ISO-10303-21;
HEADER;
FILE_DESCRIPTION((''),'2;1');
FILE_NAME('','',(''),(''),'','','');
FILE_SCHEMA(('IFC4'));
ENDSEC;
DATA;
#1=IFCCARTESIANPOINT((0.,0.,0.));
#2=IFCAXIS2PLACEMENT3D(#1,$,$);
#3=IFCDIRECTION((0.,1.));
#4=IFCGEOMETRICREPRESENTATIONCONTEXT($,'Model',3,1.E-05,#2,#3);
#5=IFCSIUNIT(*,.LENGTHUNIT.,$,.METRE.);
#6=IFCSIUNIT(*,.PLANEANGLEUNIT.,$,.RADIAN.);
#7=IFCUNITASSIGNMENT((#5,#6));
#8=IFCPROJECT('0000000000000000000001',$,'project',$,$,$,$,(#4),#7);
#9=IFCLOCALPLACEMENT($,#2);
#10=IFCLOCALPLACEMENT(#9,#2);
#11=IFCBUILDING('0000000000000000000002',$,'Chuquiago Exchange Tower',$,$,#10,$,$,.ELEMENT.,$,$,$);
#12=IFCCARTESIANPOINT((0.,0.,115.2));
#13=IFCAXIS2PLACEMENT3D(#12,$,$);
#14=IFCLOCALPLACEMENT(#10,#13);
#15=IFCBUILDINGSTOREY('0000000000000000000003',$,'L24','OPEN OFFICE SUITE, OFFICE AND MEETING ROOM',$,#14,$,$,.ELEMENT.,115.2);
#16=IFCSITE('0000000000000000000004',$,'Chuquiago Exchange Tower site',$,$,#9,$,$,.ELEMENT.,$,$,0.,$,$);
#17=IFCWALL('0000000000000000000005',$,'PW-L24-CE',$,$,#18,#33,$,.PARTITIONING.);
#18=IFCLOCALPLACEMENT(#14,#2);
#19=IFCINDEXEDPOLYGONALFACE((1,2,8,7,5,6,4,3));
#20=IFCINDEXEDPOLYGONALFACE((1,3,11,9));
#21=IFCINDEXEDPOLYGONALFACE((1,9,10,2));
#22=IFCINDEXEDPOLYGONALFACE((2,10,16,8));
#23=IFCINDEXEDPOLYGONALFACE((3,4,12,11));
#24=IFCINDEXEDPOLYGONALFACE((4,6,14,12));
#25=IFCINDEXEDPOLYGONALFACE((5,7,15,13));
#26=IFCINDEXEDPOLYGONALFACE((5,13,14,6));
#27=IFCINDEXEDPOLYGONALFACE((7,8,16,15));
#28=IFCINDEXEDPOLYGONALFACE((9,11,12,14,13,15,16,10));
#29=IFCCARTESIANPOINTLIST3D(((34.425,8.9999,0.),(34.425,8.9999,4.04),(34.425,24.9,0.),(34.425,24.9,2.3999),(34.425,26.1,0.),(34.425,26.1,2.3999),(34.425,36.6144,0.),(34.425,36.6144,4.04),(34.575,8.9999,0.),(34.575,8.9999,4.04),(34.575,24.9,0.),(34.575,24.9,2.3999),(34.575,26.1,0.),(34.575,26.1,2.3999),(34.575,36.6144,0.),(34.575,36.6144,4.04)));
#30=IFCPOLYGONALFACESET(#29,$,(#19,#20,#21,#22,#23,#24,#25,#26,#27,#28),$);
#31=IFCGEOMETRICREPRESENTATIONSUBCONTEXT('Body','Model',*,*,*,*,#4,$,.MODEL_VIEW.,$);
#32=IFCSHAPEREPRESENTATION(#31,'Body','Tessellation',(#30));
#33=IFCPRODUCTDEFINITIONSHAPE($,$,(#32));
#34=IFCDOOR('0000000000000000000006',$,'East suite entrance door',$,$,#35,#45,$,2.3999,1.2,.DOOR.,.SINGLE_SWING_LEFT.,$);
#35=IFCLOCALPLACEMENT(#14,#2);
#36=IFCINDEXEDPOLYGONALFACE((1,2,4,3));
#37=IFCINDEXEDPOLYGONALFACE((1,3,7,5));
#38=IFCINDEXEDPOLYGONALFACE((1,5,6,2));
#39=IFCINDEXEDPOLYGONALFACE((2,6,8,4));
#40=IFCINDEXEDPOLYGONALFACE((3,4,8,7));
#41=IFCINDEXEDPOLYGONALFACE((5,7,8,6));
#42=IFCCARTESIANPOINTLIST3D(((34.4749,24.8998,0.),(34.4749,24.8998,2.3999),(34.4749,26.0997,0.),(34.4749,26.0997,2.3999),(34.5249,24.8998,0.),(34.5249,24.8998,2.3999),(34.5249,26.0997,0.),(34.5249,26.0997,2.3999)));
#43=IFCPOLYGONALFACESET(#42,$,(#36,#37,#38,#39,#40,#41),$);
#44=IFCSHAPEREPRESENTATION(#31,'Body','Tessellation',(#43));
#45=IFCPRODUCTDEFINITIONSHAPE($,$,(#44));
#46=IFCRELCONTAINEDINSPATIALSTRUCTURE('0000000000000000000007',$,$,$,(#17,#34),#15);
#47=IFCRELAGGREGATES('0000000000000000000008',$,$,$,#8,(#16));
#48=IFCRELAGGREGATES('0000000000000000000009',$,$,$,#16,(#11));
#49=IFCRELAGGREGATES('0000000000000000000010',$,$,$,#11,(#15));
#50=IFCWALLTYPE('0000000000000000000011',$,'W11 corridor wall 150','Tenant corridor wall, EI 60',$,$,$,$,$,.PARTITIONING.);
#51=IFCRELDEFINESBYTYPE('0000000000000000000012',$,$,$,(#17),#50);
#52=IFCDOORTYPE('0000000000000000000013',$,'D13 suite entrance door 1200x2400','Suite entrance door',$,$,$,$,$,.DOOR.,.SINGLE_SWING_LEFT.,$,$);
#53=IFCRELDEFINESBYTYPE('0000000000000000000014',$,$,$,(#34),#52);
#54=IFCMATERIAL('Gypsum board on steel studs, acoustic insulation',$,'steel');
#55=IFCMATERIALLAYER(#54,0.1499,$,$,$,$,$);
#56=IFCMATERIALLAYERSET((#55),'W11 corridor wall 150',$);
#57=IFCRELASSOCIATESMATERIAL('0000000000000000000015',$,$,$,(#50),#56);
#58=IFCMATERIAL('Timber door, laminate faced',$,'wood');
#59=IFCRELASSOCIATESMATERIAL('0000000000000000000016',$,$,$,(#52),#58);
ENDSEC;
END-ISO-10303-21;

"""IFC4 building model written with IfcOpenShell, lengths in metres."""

from ifc_helpers import new_model, si_unit, direction, frame, frame_2d, origin, place, context, subcontext, project, spatial, rectangle, extrude, material, layer, layer_set, type_object, element, fill, save


model = new_model("IFC4")

# Units and contexts
model_context = context("Model", 3, precision=1e-05, world=origin(), true_north=direction((0.0, 1.0)))
body_context = subcontext(model_context, "Body", "Model", "MODEL_VIEW")
ifc_project = project(units=[si_unit("LENGTHUNIT", "METRE"), si_unit("PLANEANGLEUNIT", "RADIAN")], contexts=[model_context])

# Site, building, storey
site_placement = place(None, origin())
site = spatial("IfcSite", under=ifc_project, at=site_placement, Name="Chuquiago Exchange Tower site", CompositionType="ELEMENT", RefElevation=0.0)
building_placement = place(site_placement, origin())
building = spatial("IfcBuilding", under=site, at=building_placement, Name="Chuquiago Exchange Tower", CompositionType="ELEMENT")
storey_placement = place(building_placement, frame((0.0, 0.0, 115.2)))
storey = spatial("IfcBuildingStorey", under=building, at=storey_placement, Name="L24", Description="OPEN OFFICE SUITE, OFFICE AND MEETING ROOM", CompositionType="ELEMENT", Elevation=115.2)

# Wall, opening, door
ifc_material_1 = material(Name="Gypsum board on steel studs, acoustic insulation", Category="steel")
ifc_layer_1 = layer(ifc_material_1, 0.1499)
ifc_layer_set_1 = layer_set([ifc_layer_1], Name="W11 corridor wall 150")
wall_type_1 = type_object("IfcWallType", Name="W11 corridor wall 150", Description="Tenant corridor wall, EI 60", PredefinedType="PARTITIONING", material=ifc_layer_set_1)
wall_1_placement = place(storey_placement, frame((34.5, 9.0, 0.0), z_axis=(0.0, 0.0, 1.0), x_axis=(0.0, 1.0, 0.0)))
wall_1 = element("IfcWall", 1, at=wall_1_placement, inside=storey, type_object=wall_type_1, Name="PW-L24-CE", PredefinedType="PARTITIONING", context=body_context, shape_type="SweptSolid", body=[
    extrude(rectangle(XDim=27.6145, YDim=0.1499, at=frame_2d((13.8071, 0.0))), origin(), (0.0, 0.0, 1.0), 4.04),
])
opening_1_placement = place(wall_1_placement, frame((15.8999, 0.0, 0.0)))
opening_1 = element("IfcOpeningElement", 2, at=opening_1_placement, cuts=wall_1, PredefinedType="OPENING", context=body_context, shape_type="SweptSolid", body=[
    extrude(rectangle(XDim=1.2, YDim=2.3999, at=frame_2d((0.6001, 1.2))), frame((0.0, 0.085, 0.0), z_axis=(0.0, -1.0, 0.0), x_axis=(1.0, 0.0, 0.0)), (0.0, 0.0, 1.0), 0.1699),
])
ifc_material_2 = material(Name="Timber door, laminate faced", Category="wood")
door_type_1 = type_object("IfcDoorType", Name="D13 suite entrance door 1200x2400", Description="Suite entrance door", OperationType="SINGLE_SWING_LEFT", PredefinedType="DOOR", material=ifc_material_2)
door_1_placement = place(opening_1_placement, frame((1.2, 0.0, 0.0), z_axis=(0.0, 0.0, 1.0), x_axis=(-1.0, 0.0, 0.0)))
door_1 = element("IfcDoor", 3, at=door_1_placement, inside=storey, type_object=door_type_1, Name="East suite entrance door", OperationType="SINGLE_SWING_LEFT", OverallHeight=2.3999, OverallWidth=1.2, PredefinedType="DOOR", context=body_context, shape_type="SweptSolid", body=[
    extrude(rectangle(XDim=1.2, YDim=2.3999, at=frame_2d((0.6001, 1.2))), frame((0.0, 0.0249, 0.0), z_axis=(0.0, -1.0, 0.0), x_axis=(1.0, 0.0, 0.0)), (0.0, 0.0, 1.0), 0.05),
])
fill(opening_1, door_1)

save(model, "model.ifc")
